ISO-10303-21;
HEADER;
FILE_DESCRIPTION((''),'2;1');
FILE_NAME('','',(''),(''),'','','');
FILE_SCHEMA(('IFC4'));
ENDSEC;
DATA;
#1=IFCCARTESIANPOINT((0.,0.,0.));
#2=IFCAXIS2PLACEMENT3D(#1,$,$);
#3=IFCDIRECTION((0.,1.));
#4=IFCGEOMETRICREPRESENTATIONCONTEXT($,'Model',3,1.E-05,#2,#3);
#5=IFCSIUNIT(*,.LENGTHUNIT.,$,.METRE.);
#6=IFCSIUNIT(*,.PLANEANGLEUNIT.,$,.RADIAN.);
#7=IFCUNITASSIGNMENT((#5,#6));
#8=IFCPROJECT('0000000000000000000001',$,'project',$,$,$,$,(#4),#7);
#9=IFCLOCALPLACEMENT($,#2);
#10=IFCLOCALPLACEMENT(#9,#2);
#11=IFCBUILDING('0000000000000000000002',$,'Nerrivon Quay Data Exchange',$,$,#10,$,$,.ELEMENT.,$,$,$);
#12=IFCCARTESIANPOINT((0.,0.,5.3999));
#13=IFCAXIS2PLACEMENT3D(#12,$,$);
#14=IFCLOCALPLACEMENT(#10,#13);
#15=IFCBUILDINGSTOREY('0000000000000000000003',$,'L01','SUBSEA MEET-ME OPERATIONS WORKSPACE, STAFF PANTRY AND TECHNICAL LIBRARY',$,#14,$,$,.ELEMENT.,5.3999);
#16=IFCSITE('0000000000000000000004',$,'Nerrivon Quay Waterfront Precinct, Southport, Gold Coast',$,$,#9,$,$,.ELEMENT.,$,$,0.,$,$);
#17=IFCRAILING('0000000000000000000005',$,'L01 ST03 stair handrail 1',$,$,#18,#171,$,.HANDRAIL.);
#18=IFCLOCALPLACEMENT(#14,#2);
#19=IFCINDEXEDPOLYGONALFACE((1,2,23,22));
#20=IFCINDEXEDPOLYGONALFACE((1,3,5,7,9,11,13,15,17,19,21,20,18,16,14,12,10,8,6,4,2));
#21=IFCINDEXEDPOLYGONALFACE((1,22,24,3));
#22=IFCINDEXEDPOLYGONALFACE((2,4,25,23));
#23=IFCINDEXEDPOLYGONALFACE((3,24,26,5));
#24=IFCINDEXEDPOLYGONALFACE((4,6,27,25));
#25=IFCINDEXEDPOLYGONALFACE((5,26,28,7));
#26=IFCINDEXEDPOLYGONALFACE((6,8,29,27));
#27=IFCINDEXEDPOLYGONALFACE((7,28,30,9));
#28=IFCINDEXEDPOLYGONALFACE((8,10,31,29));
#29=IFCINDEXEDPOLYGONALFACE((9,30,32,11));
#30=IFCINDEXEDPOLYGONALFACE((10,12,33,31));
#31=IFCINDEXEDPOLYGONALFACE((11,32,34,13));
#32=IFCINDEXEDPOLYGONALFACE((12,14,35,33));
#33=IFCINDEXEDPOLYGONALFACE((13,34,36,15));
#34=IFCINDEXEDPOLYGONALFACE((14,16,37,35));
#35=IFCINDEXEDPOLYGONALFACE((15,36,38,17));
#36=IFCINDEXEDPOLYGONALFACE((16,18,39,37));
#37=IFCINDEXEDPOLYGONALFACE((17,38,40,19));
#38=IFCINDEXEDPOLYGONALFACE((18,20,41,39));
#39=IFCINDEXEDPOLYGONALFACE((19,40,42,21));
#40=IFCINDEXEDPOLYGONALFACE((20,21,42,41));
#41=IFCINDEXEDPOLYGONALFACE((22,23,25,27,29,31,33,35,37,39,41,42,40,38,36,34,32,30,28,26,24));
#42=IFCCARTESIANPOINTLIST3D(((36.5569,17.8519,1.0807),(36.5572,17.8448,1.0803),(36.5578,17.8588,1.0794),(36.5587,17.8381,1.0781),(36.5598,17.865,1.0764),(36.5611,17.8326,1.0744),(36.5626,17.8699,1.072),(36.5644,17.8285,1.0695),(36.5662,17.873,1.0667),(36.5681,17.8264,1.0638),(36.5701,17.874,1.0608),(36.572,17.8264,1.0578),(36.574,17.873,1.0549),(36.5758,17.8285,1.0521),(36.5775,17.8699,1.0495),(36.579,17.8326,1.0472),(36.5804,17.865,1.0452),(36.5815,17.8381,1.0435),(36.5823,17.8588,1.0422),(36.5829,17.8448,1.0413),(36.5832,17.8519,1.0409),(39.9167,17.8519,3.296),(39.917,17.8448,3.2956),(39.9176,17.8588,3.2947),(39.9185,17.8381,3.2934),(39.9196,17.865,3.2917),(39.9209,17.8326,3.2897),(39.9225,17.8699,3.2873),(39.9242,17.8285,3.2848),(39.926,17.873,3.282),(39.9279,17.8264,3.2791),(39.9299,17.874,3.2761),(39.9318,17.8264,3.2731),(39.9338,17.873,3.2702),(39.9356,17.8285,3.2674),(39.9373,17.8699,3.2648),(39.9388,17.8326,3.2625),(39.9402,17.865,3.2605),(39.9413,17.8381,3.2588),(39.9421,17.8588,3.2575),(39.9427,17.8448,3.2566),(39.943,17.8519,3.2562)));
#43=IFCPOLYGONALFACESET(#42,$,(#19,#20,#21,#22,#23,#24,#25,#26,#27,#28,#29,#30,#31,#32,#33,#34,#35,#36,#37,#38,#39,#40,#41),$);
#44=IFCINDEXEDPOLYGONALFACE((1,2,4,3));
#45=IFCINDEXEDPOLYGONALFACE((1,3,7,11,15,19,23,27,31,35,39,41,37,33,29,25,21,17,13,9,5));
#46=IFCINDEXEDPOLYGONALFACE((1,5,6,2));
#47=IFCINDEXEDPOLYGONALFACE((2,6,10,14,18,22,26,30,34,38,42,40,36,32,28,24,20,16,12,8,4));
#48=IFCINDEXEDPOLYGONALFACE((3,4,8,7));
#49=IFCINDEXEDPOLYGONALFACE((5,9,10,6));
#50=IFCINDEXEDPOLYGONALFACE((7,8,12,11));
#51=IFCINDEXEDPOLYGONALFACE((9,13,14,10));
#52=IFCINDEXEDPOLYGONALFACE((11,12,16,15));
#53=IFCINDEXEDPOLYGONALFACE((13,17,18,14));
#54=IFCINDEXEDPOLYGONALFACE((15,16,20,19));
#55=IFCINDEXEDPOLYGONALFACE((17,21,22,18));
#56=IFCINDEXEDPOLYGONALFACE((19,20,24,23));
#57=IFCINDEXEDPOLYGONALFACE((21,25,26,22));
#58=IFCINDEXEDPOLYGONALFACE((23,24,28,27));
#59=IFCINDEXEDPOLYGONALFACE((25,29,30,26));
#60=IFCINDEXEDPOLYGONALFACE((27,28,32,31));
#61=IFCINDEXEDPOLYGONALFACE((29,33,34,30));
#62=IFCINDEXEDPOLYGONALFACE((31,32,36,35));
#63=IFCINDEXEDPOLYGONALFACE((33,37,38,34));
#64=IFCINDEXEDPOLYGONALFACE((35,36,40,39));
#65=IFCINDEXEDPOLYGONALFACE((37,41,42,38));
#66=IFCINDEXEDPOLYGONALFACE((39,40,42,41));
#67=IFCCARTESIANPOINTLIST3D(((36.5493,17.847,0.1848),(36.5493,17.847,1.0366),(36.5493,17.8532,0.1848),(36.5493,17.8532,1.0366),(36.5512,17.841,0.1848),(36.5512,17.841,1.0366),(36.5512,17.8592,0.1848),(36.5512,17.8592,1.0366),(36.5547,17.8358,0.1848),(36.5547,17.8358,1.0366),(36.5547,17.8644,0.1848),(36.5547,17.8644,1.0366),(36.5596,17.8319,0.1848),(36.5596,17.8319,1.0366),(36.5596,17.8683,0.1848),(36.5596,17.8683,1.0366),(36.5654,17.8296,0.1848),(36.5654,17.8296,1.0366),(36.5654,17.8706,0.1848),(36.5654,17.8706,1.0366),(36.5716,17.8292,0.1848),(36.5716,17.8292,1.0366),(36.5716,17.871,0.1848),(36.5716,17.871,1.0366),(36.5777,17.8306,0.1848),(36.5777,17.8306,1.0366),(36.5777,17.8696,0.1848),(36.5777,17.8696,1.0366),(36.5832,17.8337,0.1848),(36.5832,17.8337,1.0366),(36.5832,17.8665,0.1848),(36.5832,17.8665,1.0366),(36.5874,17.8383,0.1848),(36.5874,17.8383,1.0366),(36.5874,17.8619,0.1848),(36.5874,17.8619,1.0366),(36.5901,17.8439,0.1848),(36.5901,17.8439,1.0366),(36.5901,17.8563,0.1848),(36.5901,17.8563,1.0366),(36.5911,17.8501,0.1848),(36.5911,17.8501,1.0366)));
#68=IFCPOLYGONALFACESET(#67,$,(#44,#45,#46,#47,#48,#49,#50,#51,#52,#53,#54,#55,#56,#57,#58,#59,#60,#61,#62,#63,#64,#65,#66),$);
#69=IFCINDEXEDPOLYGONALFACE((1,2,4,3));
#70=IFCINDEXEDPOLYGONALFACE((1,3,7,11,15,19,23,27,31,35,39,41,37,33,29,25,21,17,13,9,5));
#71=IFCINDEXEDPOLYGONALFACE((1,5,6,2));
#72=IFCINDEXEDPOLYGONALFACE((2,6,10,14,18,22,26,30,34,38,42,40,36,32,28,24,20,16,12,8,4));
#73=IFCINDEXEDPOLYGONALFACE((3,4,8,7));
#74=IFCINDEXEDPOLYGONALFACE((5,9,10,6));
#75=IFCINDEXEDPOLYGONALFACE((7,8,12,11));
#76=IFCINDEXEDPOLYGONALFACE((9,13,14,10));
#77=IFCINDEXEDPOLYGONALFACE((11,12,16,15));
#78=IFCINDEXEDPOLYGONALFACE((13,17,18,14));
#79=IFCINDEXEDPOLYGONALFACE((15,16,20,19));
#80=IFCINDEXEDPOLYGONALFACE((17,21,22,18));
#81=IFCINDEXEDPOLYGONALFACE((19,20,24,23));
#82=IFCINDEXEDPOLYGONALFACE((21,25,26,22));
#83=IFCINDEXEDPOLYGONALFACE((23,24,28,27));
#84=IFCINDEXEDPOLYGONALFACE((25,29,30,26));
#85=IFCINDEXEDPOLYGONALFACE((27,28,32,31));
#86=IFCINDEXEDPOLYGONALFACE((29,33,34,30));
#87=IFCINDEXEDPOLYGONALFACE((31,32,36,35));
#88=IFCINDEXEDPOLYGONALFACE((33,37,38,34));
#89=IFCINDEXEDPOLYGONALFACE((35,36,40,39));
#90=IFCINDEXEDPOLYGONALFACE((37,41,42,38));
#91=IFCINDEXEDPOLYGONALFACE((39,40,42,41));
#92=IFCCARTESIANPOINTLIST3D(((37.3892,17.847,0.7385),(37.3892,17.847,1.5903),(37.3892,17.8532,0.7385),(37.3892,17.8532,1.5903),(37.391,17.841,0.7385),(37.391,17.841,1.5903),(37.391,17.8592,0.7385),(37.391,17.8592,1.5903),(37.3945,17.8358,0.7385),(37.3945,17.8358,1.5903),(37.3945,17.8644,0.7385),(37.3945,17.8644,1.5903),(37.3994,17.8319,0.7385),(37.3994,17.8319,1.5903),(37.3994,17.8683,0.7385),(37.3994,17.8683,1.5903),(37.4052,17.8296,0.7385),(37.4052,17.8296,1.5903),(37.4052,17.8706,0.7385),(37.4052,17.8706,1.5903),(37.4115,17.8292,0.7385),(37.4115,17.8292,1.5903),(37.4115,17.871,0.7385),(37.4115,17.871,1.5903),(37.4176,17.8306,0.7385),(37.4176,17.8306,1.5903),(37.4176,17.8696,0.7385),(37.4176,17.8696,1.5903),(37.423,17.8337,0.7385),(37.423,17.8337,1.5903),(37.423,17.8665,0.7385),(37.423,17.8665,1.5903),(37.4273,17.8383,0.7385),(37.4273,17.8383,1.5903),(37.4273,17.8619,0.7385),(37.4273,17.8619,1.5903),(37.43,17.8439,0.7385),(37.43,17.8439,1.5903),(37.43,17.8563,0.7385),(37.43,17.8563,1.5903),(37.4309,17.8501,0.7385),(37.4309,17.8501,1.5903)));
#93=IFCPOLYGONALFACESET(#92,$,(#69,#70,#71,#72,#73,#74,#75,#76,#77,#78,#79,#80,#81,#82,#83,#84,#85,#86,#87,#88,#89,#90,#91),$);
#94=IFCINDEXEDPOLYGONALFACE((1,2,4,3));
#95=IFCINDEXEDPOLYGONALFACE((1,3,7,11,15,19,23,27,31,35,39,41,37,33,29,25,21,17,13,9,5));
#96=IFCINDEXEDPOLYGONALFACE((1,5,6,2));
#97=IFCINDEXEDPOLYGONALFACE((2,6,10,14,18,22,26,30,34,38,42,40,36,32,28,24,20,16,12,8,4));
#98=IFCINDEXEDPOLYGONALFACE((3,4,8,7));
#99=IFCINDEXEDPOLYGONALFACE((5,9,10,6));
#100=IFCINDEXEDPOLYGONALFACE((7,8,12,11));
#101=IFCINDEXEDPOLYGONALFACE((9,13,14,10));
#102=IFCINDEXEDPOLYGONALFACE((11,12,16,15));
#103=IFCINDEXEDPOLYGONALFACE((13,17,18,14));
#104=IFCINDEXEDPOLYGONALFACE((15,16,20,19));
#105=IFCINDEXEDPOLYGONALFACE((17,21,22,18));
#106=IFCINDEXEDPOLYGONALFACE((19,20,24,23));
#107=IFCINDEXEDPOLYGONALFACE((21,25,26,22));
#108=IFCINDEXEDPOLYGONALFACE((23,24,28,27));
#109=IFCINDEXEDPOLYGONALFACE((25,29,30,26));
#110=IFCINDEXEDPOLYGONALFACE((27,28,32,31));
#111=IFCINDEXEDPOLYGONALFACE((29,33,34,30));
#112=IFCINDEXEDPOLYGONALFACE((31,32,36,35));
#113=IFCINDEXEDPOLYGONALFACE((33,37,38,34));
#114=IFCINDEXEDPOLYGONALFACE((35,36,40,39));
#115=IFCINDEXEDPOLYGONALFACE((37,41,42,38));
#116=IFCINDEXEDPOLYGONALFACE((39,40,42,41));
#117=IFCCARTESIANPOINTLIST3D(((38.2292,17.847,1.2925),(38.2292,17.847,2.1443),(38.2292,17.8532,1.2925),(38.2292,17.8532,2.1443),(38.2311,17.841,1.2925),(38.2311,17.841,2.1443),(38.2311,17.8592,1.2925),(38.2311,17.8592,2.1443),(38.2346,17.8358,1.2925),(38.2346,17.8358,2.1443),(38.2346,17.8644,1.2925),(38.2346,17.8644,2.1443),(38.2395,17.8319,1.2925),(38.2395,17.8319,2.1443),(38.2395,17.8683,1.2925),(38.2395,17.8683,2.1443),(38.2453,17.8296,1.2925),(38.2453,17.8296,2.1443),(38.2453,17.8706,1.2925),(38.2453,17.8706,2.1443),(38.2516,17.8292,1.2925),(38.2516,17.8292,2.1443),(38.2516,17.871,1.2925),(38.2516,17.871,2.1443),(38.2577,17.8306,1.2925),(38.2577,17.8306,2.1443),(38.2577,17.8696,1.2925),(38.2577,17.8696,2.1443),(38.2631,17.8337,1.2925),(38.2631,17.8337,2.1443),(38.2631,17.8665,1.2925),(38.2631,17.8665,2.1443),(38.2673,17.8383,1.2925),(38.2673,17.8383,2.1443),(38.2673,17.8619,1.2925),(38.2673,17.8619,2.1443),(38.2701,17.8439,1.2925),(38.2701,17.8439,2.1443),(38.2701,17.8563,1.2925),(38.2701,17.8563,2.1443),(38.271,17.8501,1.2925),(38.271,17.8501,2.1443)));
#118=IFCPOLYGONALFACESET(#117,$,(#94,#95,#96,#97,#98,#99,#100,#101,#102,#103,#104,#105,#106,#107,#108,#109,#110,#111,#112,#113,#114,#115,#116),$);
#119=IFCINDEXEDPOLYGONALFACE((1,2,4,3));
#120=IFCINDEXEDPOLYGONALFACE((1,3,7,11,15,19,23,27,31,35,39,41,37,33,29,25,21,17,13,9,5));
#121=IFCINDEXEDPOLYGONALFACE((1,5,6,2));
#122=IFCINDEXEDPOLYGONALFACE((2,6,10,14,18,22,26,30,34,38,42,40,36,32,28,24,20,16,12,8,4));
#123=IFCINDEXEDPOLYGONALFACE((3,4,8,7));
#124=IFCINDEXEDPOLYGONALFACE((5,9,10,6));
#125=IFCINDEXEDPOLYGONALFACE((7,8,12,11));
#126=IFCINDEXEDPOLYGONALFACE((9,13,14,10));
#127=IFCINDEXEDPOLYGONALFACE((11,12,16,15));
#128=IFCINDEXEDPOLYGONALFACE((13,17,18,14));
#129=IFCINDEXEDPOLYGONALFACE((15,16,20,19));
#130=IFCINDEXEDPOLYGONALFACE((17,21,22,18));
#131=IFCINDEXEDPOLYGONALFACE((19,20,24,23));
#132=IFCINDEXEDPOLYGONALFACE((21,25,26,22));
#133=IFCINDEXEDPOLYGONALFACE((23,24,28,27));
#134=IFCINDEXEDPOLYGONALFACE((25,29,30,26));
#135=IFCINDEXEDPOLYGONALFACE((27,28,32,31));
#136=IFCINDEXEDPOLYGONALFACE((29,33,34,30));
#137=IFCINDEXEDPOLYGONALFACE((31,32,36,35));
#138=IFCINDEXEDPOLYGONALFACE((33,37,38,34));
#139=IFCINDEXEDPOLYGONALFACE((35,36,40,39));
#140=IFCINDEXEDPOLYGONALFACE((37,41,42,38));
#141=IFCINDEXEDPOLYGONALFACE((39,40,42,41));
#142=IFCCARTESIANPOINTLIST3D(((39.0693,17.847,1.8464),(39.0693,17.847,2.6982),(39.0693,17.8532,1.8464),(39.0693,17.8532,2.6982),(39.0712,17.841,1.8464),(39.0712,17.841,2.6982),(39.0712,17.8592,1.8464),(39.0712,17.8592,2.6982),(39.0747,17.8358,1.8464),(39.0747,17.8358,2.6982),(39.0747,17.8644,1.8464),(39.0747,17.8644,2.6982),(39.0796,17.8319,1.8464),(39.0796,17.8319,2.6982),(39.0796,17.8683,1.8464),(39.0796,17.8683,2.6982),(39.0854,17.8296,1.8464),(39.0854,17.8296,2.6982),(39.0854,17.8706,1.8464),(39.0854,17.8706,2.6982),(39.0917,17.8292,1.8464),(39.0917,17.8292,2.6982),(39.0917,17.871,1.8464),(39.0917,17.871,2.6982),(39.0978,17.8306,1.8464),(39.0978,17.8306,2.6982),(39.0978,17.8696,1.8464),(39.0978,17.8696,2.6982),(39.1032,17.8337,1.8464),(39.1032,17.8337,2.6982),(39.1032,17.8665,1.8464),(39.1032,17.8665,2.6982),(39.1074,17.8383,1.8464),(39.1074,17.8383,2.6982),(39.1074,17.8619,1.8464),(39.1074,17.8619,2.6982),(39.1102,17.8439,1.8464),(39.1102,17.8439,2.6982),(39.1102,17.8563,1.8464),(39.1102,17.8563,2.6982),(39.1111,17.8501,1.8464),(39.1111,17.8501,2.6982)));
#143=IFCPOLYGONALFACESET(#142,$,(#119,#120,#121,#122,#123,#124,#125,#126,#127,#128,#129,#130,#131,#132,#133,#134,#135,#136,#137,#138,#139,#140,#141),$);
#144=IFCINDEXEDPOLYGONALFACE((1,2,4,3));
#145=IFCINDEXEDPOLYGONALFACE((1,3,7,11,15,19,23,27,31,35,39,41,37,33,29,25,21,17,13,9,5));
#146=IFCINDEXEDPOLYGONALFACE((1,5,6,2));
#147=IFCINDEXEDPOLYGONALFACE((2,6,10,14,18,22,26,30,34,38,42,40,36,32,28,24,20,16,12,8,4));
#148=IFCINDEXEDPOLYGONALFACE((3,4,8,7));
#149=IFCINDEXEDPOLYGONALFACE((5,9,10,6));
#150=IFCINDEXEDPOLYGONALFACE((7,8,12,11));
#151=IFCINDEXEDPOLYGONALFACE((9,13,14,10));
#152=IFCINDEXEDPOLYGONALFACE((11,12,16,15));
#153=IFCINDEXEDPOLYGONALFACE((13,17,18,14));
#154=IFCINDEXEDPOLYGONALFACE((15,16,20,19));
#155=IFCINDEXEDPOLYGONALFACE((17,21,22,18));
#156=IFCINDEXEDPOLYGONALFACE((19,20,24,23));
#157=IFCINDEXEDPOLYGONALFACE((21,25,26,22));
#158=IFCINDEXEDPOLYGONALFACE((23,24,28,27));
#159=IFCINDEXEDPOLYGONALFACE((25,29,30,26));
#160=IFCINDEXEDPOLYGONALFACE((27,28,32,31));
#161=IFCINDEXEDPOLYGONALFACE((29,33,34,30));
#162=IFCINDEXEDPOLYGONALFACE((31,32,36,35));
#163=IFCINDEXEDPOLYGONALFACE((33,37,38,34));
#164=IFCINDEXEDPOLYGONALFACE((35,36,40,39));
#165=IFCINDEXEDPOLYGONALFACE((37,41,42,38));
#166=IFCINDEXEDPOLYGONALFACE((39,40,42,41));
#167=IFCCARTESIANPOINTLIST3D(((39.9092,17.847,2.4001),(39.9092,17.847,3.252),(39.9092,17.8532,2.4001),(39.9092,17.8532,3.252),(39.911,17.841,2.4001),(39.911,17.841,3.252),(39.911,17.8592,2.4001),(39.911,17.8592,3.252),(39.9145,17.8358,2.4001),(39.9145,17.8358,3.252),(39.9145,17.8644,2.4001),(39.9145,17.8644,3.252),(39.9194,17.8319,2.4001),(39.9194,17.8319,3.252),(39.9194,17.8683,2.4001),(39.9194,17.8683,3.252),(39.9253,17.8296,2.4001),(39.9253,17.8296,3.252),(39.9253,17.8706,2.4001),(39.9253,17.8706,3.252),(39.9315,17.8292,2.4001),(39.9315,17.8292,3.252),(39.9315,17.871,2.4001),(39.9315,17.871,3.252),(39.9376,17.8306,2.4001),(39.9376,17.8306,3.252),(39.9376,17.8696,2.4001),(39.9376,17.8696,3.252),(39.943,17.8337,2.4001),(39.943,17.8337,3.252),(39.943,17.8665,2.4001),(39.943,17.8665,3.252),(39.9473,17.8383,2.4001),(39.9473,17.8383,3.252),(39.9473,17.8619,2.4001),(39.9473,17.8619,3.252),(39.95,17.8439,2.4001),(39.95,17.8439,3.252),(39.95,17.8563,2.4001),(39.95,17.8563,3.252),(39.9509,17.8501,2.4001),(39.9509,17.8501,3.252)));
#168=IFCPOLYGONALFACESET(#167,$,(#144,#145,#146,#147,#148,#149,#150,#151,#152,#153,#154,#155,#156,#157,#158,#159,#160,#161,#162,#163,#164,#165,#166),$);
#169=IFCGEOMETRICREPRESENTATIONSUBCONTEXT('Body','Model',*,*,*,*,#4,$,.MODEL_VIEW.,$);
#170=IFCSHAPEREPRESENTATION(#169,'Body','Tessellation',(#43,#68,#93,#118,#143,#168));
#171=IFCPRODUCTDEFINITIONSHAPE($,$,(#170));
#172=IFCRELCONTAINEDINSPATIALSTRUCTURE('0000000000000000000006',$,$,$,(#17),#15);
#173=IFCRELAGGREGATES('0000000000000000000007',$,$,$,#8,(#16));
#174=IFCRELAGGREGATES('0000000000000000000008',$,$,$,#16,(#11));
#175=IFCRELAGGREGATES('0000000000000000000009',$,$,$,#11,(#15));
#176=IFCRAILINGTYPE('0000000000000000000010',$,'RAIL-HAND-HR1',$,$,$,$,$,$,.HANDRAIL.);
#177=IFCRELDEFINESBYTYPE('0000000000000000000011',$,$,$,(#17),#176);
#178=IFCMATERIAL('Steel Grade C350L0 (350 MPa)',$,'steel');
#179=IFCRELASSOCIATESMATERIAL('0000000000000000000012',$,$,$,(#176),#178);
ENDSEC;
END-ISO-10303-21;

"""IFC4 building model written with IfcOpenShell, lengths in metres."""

from ifc_helpers import new_model, si_unit, direction, frame, origin, origin_2d, place, context, subcontext, project, spatial, circle, extrude, material, type_object, element, save


model = new_model("IFC4")

# Units and contexts
model_context = context("Model", 3, precision=1e-05, world=origin(), true_north=direction((0.0, 1.0)))
body_context = subcontext(model_context, "Body", "Model", "MODEL_VIEW")
ifc_project = project(units=[si_unit("LENGTHUNIT", "METRE"), si_unit("PLANEANGLEUNIT", "RADIAN")], contexts=[model_context])

# Site, building, storey
site_placement = place(None, origin())
site = spatial("IfcSite", under=ifc_project, at=site_placement, Name="Nerrivon Quay Waterfront Precinct, Southport, Gold Coast", CompositionType="ELEMENT", RefElevation=0.0)
building_placement = place(site_placement, origin())
building = spatial("IfcBuilding", under=site, at=building_placement, Name="Nerrivon Quay Data Exchange", CompositionType="ELEMENT")
storey_placement = place(building_placement, frame((0.0, 0.0, 5.3999)))
storey = spatial("IfcBuildingStorey", under=building, at=storey_placement, Name="L01", Description="SUBSEA MEET-ME OPERATIONS WORKSPACE, STAFF PANTRY AND TECHNICAL LIBRARY", CompositionType="ELEMENT", Elevation=5.3999)

# Railing
ifc_material_1 = material(Name="Steel Grade C350L0 (350 MPa)", Category="steel")
railing_type = type_object("IfcRailingType", Name="RAIL-HAND-HR1", PredefinedType="HANDRAIL", material=ifc_material_1)
railing_placement = place(storey_placement, frame((36.5701, 17.8501, 0.1848)))
element("IfcRailing", 1, at=railing_placement, inside=storey, type_object=railing_type, Name="L01 ST03 stair handrail 1", PredefinedType="HANDRAIL", context=body_context, shape_type="SweptSolid", body=[
    extrude(circle(Radius=0.0239, at=origin_2d()), frame((0.0, 0.0, 0.876), z_axis=(0.834858, 0.0, 0.550465), x_axis=(0.0, 1.0, 0.0)), (0.0, 0.0, 1.0), 4.0244),
    extrude(circle(Radius=0.021, at=origin_2d()), origin(), (0.0, 0.0, 1.0), 0.8518),
    extrude(circle(Radius=0.021, at=origin_2d()), frame((0.8398, 0.0, 0.5537)), (0.0, 0.0, 1.0), 0.8518),
    extrude(circle(Radius=0.021, at=origin_2d()), frame((1.6799, 0.0, 1.1077)), (0.0, 0.0, 1.0), 0.8518),
    extrude(circle(Radius=0.021, at=origin_2d()), frame((2.52, 0.0, 1.6616)), (0.0, 0.0, 1.0), 0.8518),
    extrude(circle(Radius=0.021, at=origin_2d()), frame((3.3599, 0.0, 2.2153)), (0.0, 0.0, 1.0), 0.8518),
])

save(model, "model.ifc")
